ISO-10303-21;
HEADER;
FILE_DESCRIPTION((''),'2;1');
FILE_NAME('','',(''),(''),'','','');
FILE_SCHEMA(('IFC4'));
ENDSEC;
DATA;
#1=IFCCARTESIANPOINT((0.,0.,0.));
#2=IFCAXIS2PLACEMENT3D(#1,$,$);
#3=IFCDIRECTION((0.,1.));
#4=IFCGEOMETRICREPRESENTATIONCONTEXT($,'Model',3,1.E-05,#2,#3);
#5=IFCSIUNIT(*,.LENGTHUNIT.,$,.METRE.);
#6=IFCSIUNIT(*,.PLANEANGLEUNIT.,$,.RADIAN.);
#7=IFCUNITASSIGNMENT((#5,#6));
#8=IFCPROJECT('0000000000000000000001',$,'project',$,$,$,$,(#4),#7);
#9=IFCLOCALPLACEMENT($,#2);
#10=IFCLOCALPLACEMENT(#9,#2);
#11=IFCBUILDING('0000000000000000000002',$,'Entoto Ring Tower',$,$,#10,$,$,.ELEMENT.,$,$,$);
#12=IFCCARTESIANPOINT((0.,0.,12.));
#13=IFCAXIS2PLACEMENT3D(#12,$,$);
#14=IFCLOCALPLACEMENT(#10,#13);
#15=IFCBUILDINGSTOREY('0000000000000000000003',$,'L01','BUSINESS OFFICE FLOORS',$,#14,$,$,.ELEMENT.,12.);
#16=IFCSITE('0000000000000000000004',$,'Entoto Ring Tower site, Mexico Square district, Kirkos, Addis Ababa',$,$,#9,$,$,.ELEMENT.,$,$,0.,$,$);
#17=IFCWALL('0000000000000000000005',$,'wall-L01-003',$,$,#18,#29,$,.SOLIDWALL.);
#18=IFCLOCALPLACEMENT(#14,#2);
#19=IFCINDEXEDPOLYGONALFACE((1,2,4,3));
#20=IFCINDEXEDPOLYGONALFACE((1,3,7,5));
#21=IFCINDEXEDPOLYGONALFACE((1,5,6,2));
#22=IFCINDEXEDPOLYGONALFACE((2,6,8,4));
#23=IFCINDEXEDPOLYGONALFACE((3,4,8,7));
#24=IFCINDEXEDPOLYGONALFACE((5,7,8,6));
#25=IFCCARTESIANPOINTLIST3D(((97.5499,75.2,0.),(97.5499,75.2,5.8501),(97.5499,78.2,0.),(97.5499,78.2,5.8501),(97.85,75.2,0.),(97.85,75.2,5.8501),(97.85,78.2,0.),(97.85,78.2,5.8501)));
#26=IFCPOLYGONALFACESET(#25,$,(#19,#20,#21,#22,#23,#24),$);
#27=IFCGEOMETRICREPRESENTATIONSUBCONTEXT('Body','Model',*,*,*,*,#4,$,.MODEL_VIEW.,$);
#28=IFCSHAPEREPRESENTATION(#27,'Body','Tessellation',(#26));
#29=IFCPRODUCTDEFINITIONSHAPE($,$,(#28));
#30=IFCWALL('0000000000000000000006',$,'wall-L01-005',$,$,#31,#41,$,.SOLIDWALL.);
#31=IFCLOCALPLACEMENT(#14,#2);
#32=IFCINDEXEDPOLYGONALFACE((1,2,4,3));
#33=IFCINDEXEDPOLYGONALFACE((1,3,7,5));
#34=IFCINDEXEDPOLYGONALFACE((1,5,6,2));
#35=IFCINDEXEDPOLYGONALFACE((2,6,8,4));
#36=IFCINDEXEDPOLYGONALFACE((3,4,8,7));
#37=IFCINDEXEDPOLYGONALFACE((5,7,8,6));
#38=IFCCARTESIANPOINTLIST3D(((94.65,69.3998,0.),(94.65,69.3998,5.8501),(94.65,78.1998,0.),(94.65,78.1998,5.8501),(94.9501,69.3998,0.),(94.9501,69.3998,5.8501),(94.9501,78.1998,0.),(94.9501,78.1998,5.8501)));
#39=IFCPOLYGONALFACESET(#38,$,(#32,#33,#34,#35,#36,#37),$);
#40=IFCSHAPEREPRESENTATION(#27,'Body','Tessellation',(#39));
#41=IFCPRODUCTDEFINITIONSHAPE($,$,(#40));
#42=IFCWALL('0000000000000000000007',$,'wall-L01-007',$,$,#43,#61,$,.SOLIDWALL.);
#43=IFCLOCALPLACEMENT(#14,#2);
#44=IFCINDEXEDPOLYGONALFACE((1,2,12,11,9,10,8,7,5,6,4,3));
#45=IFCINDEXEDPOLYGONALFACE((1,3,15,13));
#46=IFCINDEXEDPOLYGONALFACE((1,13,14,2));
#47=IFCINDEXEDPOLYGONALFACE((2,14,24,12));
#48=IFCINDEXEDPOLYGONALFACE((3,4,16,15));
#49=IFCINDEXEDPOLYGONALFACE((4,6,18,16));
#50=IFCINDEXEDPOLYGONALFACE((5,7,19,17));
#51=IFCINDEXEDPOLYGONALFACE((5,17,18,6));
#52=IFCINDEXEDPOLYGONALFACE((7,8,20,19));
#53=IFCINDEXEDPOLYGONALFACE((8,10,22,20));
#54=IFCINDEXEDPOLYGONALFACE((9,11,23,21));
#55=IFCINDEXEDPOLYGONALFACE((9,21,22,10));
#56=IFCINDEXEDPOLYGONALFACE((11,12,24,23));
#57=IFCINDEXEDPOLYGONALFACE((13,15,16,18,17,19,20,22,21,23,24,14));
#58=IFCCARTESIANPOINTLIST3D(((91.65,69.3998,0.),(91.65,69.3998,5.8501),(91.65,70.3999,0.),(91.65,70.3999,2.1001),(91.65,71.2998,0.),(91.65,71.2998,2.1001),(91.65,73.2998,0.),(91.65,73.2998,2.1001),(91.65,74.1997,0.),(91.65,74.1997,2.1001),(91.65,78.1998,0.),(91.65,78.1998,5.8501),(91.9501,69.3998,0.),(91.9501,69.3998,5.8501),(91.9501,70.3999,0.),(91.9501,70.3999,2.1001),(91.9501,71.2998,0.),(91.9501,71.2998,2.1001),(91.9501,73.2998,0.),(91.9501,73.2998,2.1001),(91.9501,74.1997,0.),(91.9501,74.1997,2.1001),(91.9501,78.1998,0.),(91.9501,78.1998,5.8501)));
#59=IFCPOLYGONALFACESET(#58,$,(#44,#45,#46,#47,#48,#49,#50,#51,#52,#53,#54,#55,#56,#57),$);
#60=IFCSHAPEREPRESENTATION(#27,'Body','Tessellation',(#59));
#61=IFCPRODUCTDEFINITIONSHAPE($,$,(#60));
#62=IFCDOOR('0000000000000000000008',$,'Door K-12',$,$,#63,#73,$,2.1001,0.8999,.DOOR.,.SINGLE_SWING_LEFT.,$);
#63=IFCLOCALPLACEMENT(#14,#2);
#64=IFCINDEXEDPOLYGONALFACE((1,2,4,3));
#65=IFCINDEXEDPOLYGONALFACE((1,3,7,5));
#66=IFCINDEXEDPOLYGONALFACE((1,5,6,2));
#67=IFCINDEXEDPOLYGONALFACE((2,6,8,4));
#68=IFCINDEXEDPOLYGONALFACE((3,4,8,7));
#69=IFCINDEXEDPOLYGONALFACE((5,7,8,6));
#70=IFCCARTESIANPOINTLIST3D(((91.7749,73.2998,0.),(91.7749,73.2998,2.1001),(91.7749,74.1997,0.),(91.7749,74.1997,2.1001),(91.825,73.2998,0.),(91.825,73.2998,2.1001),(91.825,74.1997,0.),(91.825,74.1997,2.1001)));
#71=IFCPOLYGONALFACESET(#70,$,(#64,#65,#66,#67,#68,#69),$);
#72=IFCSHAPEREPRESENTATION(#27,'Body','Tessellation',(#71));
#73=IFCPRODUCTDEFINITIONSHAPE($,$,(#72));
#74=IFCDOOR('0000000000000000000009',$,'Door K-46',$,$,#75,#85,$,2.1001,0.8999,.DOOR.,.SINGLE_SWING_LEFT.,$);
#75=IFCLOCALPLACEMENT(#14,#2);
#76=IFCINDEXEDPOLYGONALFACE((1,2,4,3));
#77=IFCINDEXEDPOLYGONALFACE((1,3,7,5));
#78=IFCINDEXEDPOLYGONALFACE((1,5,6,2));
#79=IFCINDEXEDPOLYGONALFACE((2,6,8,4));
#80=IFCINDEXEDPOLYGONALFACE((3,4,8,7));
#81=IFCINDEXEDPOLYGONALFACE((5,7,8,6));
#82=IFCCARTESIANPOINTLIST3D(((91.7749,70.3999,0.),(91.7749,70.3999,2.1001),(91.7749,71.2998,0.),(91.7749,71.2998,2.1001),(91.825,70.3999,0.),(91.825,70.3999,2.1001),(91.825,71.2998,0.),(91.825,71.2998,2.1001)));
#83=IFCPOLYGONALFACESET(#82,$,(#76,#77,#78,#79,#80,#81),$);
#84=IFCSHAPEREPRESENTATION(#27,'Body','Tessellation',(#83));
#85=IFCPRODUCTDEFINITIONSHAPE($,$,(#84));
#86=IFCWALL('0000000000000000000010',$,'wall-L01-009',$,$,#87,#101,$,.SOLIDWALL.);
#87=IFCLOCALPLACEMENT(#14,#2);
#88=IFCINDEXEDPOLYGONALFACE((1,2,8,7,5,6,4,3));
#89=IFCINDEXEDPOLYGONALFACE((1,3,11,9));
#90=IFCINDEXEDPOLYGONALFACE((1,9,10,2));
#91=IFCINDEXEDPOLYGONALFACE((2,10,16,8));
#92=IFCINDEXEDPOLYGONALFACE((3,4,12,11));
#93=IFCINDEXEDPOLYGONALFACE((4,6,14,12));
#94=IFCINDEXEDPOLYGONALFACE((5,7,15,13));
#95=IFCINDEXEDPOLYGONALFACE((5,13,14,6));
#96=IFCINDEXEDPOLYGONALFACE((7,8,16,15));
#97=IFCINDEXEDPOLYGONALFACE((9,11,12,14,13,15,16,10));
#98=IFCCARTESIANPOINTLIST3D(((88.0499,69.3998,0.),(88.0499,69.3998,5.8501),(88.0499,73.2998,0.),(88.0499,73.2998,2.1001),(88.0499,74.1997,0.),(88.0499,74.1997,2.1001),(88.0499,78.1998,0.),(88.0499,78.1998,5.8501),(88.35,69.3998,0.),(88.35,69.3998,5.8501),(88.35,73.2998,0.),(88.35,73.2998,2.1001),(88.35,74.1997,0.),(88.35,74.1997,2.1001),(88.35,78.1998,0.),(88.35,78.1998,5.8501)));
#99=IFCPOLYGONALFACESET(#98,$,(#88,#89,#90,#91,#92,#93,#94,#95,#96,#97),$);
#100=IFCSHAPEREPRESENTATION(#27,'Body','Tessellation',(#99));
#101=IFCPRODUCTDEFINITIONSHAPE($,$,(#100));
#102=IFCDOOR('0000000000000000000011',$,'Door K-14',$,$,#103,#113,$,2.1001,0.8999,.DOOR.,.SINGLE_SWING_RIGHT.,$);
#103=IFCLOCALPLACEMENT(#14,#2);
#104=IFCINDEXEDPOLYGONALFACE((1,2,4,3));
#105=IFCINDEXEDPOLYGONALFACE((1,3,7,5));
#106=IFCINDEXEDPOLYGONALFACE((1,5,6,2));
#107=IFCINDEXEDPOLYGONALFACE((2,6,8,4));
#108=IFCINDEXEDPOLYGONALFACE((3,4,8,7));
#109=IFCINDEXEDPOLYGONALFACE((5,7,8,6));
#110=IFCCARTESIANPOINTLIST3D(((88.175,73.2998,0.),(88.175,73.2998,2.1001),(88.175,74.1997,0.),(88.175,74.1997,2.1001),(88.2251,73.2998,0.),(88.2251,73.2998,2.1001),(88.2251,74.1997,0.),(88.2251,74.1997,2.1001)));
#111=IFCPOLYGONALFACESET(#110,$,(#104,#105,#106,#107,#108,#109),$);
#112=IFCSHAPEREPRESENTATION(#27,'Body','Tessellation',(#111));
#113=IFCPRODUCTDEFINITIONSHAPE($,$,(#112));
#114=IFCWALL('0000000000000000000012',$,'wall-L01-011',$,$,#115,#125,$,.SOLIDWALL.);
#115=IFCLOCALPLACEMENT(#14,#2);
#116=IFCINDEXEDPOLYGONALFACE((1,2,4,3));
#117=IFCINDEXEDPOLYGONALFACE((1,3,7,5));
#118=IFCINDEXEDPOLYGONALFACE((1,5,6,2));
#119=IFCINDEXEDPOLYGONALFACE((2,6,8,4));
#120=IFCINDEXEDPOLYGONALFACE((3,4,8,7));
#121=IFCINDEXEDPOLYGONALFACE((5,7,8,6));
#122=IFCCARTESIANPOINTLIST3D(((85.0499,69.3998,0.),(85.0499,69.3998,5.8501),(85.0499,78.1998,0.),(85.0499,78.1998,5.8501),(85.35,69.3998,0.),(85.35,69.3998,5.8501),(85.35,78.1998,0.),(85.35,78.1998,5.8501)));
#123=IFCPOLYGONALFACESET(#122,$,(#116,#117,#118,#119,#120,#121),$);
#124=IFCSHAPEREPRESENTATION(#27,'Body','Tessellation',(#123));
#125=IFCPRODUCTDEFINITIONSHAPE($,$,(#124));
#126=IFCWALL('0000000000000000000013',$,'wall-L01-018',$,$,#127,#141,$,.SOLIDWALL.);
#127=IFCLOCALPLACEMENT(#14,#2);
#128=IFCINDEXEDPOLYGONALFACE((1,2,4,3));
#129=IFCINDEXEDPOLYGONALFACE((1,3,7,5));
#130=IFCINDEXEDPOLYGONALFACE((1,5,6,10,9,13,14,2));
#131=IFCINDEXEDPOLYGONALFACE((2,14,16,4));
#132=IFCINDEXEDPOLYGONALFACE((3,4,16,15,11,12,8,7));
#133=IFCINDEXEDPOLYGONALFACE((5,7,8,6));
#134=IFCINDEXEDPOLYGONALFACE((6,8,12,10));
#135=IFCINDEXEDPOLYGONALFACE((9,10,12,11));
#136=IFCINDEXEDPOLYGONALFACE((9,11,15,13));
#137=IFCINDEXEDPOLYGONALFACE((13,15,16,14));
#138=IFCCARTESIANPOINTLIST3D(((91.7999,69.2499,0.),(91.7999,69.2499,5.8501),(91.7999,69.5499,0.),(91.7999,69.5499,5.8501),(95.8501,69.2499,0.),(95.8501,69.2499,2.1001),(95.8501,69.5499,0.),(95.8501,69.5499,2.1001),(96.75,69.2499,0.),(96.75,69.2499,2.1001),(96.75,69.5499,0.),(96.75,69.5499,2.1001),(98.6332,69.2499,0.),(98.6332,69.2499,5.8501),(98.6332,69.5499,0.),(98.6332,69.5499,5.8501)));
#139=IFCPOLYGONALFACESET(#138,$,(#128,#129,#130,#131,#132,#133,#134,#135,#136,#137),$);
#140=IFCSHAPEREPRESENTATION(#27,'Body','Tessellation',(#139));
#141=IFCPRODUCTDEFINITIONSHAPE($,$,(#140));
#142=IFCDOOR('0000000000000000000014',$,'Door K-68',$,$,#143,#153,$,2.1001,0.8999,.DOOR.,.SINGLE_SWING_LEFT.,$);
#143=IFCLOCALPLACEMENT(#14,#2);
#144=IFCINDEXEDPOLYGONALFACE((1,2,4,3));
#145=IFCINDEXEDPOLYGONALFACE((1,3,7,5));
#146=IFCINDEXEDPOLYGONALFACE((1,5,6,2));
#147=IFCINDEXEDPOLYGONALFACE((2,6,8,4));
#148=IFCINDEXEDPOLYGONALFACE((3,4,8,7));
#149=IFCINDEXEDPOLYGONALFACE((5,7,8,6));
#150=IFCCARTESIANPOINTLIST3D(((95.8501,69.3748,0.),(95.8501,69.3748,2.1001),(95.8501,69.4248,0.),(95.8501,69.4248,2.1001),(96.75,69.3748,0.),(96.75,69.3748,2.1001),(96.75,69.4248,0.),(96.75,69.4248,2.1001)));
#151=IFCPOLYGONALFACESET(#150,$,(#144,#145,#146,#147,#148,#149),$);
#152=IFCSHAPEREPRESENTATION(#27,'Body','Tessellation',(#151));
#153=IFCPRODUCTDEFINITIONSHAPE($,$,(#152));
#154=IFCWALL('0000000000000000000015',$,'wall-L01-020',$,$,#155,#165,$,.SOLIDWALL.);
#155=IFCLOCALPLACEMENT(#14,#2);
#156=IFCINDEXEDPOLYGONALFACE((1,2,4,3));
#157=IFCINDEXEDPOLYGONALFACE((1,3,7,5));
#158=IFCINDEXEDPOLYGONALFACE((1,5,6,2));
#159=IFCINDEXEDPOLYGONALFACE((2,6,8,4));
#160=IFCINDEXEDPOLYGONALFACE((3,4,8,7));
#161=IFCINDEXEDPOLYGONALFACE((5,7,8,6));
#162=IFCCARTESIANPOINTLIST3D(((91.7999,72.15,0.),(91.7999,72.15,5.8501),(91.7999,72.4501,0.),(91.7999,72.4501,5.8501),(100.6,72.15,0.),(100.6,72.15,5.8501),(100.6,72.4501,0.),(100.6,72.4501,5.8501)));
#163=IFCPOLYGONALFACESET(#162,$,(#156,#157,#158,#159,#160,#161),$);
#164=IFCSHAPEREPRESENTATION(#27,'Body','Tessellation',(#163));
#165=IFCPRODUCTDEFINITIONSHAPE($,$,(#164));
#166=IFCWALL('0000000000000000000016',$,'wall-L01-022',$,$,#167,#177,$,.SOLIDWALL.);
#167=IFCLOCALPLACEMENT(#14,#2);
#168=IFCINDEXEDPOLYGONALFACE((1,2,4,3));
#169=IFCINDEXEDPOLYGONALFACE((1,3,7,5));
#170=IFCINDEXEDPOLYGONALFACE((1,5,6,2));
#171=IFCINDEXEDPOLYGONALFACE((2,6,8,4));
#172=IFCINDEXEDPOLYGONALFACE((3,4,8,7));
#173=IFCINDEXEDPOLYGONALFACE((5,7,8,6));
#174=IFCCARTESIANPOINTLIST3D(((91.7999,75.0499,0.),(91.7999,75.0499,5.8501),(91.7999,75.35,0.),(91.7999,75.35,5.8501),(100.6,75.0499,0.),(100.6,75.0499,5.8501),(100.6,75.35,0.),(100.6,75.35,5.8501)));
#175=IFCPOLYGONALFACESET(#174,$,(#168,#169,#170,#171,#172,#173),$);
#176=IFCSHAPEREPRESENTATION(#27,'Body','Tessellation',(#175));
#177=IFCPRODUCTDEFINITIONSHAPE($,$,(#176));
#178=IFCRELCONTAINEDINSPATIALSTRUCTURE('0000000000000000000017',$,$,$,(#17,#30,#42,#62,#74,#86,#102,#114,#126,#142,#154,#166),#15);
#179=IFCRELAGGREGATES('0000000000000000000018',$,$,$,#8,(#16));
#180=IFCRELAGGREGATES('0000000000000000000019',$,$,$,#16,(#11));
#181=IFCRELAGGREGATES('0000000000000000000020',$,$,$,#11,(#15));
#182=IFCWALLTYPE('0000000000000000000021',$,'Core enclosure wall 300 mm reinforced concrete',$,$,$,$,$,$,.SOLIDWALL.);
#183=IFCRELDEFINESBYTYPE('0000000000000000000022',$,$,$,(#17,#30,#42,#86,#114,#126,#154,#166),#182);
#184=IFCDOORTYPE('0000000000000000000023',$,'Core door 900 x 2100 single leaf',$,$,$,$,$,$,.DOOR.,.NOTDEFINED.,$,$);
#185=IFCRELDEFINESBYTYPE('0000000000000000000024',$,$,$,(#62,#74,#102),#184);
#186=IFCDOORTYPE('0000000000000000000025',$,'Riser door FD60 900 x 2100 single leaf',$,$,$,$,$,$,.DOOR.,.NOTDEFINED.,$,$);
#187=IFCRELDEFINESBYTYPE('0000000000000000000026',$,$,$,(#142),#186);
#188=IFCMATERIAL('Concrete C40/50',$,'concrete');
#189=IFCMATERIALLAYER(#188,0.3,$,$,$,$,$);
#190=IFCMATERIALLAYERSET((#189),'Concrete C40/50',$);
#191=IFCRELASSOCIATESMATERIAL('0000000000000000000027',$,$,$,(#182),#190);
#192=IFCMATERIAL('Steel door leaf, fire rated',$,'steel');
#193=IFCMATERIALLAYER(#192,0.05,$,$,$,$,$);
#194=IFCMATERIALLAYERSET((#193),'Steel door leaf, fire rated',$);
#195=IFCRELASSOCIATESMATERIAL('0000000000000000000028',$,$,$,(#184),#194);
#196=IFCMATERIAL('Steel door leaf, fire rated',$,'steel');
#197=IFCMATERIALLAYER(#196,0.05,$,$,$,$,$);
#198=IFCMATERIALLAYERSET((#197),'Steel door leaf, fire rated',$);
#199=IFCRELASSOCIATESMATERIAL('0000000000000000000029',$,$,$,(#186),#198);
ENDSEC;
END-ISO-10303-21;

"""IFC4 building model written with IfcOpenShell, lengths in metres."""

from ifc_helpers import new_model, si_unit, direction, frame, frame_2d, origin, place, context, subcontext, project, spatial, rectangle, extrude, material, layer, layer_set, type_object, element, fill, save


model = new_model("IFC4")

# Units and contexts
model_context = context("Model", 3, precision=1e-05, world=origin(), true_north=direction((0.0, 1.0)))
body_context = subcontext(model_context, "Body", "Model", "MODEL_VIEW")
ifc_project = project(units=[si_unit("LENGTHUNIT", "METRE"), si_unit("PLANEANGLEUNIT", "RADIAN")], contexts=[model_context])

# Site, building, storey
site_placement = place(None, origin())
site = spatial("IfcSite", under=ifc_project, at=site_placement, Name="Entoto Ring Tower site, Mexico Square district, Kirkos, Addis Ababa", CompositionType="ELEMENT", RefElevation=0.0)
building_placement = place(site_placement, origin())
building = spatial("IfcBuilding", under=site, at=building_placement, Name="Entoto Ring Tower", CompositionType="ELEMENT")
storey_placement = place(building_placement, frame((0.0, 0.0, 12.0)))
storey = spatial("IfcBuildingStorey", under=building, at=storey_placement, Name="L01", Description="BUSINESS OFFICE FLOORS", CompositionType="ELEMENT", Elevation=12.0)

# Shared definitions
ifc_material_1 = material(Name="Concrete C40/50", Category="concrete")
ifc_layer_1 = layer(ifc_material_1, 0.3)
ifc_layer_set_1 = layer_set([ifc_layer_1], Name="Concrete C40/50")
wall_type_1 = type_object("IfcWallType", Name="Core enclosure wall 300 mm reinforced concrete", PredefinedType="SOLIDWALL", material=ifc_layer_set_1)

# Walls
wall_1_placement = place(storey_placement, frame((97.7, 75.2, 0.0), z_axis=(0.0, 0.0, 1.0), x_axis=(0.0, 1.0, 0.0)))
element("IfcWall", 1, at=wall_1_placement, inside=storey, type_object=wall_type_1, Name="wall-L01-003", PredefinedType="SOLIDWALL", context=body_context, shape_type="SweptSolid", body=[
    extrude(rectangle(XDim=3.0, YDim=0.3, at=frame_2d((1.5, 0.0))), origin(), (0.0, 0.0, 1.0), 5.8501),
])
wall_2_placement = place(storey_placement, frame((94.8, 69.3999, 0.0), z_axis=(0.0, 0.0, 1.0), x_axis=(0.0, 1.0, 0.0)))
element("IfcWall", 2, at=wall_2_placement, inside=storey, type_object=wall_type_1, Name="wall-L01-005", PredefinedType="SOLIDWALL", context=body_context, shape_type="SweptSolid", body=[
    extrude(rectangle(XDim=8.8, YDim=0.3, at=frame_2d((4.3999, 0.0))), origin(), (0.0, 0.0, 1.0), 5.8501),
])

# Wall, openings, doors
wall_3_placement = place(storey_placement, frame((91.8, 69.3999, 0.0), z_axis=(0.0, 0.0, 1.0), x_axis=(0.0, 1.0, 0.0)))
wall_3 = element("IfcWall", 3, at=wall_3_placement, inside=storey, type_object=wall_type_1, Name="wall-L01-007", PredefinedType="SOLIDWALL", context=body_context, shape_type="SweptSolid", body=[
    extrude(rectangle(XDim=8.8, YDim=0.3, at=frame_2d((4.3999, 0.0))), origin(), (0.0, 0.0, 1.0), 5.8501),
])
opening_1_placement = place(wall_3_placement, frame((3.8999, 0.0, 0.0)))
opening_1 = element("IfcOpeningElement", 4, at=opening_1_placement, cuts=wall_3, PredefinedType="OPENING", context=body_context, shape_type="SweptSolid", body=[
    extrude(rectangle(XDim=0.8999, YDim=2.1001, at=frame_2d((0.45, 1.05))), frame((0.0, 0.1602, 0.0), z_axis=(0.0, -1.0, 0.0), x_axis=(1.0, 0.0, 0.0)), (0.0, 0.0, 1.0), 0.3201),
])
opening_2_placement = place(wall_3_placement, frame((1.0, 0.0, 0.0)))
opening_2 = element("IfcOpeningElement", 5, at=opening_2_placement, cuts=wall_3, PredefinedType="OPENING", context=body_context, shape_type="SweptSolid", body=[
    extrude(rectangle(XDim=0.8999, YDim=2.1001, at=frame_2d((0.45, 1.05))), frame((0.0, 0.1602, 0.0), z_axis=(0.0, -1.0, 0.0), x_axis=(1.0, 0.0, 0.0)), (0.0, 0.0, 1.0), 0.3201),
])
ifc_material_2 = material(Name="Steel door leaf, fire rated", Category="steel")
ifc_layer_2 = layer(ifc_material_2, 0.05)
ifc_layer_set_2 = layer_set([ifc_layer_2], Name="Steel door leaf, fire rated")
door_type_1 = type_object("IfcDoorType", Name="Core door 900 x 2100 single leaf", OperationType="NOTDEFINED", PredefinedType="DOOR", material=ifc_layer_set_2)
door_1_placement = place(opening_1_placement, frame((0.8999, 0.0, 0.0), z_axis=(0.0, 0.0, 1.0), x_axis=(-1.0, 0.0, 0.0)))
door_1 = element("IfcDoor", 6, at=door_1_placement, inside=storey, type_object=door_type_1, Name="Door K-12", OperationType="SINGLE_SWING_LEFT", OverallHeight=2.1001, OverallWidth=0.8999, PredefinedType="DOOR", context=body_context, shape_type="SweptSolid", body=[
    extrude(rectangle(XDim=0.8999, YDim=2.1001, at=frame_2d((0.45, 1.05))), frame((0.0, 0.0249, 0.0), z_axis=(0.0, -1.0, 0.0), x_axis=(1.0, 0.0, 0.0)), (0.0, 0.0, 1.0), 0.05),
])
fill(opening_1, door_1)
door_2_placement = place(opening_2_placement, frame((0.8999, 0.0, 0.0), z_axis=(0.0, 0.0, 1.0), x_axis=(-1.0, 0.0, 0.0)))
door_2 = element("IfcDoor", 7, at=door_2_placement, inside=storey, type_object=door_type_1, Name="Door K-46", OperationType="SINGLE_SWING_LEFT", OverallHeight=2.1001, OverallWidth=0.8999, PredefinedType="DOOR", context=body_context, shape_type="SweptSolid", body=[
    extrude(rectangle(XDim=0.8999, YDim=2.1001, at=frame_2d((0.45, 1.05))), frame((0.0, 0.0249, 0.0), z_axis=(0.0, -1.0, 0.0), x_axis=(1.0, 0.0, 0.0)), (0.0, 0.0, 1.0), 0.05),
])
fill(opening_2, door_2)

# Wall, opening, door
wall_4_placement = place(storey_placement, frame((88.2, 69.3999, 0.0), z_axis=(0.0, 0.0, 1.0), x_axis=(0.0, 1.0, 0.0)))
wall_4 = element("IfcWall", 8, at=wall_4_placement, inside=storey, type_object=wall_type_1, Name="wall-L01-009", PredefinedType="SOLIDWALL", context=body_context, shape_type="SweptSolid", body=[
    extrude(rectangle(XDim=8.8, YDim=0.3, at=frame_2d((4.3999, 0.0))), origin(), (0.0, 0.0, 1.0), 5.8501),
])
opening_3_placement = place(wall_4_placement, frame((3.8999, 0.0, 0.0)))
opening_3 = element("IfcOpeningElement", 9, at=opening_3_placement, cuts=wall_4, PredefinedType="OPENING", context=body_context, shape_type="SweptSolid", body=[
    extrude(rectangle(XDim=0.8999, YDim=2.1001, at=frame_2d((0.45, 1.05))), frame((0.0, 0.1602, 0.0), z_axis=(0.0, -1.0, 0.0), x_axis=(1.0, 0.0, 0.0)), (0.0, 0.0, 1.0), 0.3201),
])
door_3_placement = place(opening_3_placement, origin())
door_3 = element("IfcDoor", 10, at=door_3_placement, inside=storey, type_object=door_type_1, Name="Door K-14", OperationType="SINGLE_SWING_RIGHT", OverallHeight=2.1001, OverallWidth=0.8999, PredefinedType="DOOR", context=body_context, shape_type="SweptSolid", body=[
    extrude(rectangle(XDim=0.8999, YDim=2.1001, at=frame_2d((0.45, 1.05))), frame((0.0, 0.0249, 0.0), z_axis=(0.0, -1.0, 0.0), x_axis=(1.0, 0.0, 0.0)), (0.0, 0.0, 1.0), 0.05),
])
fill(opening_3, door_3)

# Wall
wall_5_placement = place(storey_placement, frame((85.2, 69.3999, 0.0), z_axis=(0.0, 0.0, 1.0), x_axis=(0.0, 1.0, 0.0)))
element("IfcWall", 11, at=wall_5_placement, inside=storey, type_object=wall_type_1, Name="wall-L01-011", PredefinedType="SOLIDWALL", context=body_context, shape_type="SweptSolid", body=[
    extrude(rectangle(XDim=8.8, YDim=0.3, at=frame_2d((4.3999, 0.0))), origin(), (0.0, 0.0, 1.0), 5.8501),
])

# Wall, opening, door
wall_6_placement = place(storey_placement, frame((91.8, 69.3999, 0.0), z_axis=(0.0, 0.0, 1.0), x_axis=(1.0, 0.0, 0.0)))
wall_6 = element("IfcWall", 12, at=wall_6_placement, inside=storey, type_object=wall_type_1, Name="wall-L01-018", PredefinedType="SOLIDWALL", context=body_context, shape_type="SweptSolid", body=[
    extrude(rectangle(XDim=6.8333, YDim=0.3, at=frame_2d((3.4165, 0.0))), origin(), (0.0, 0.0, 1.0), 5.8501),
])
opening_4_placement = place(wall_6_placement, frame((4.05, 0.0, 0.0)))
opening_4 = element("IfcOpeningElement", 13, at=opening_4_placement, cuts=wall_6, PredefinedType="OPENING", context=body_context, shape_type="SweptSolid", body=[
    extrude(rectangle(XDim=0.8999, YDim=2.1001, at=frame_2d((0.45, 1.05))), frame((0.0, 0.1602, 0.0), z_axis=(0.0, -1.0, 0.0), x_axis=(1.0, 0.0, 0.0)), (0.0, 0.0, 1.0), 0.3201),
])
ifc_material_3 = material(Name="Steel door leaf, fire rated", Category="steel")
ifc_layer_3 = layer(ifc_material_3, 0.05)
ifc_layer_set_3 = layer_set([ifc_layer_3], Name="Steel door leaf, fire rated")
door_type_2 = type_object("IfcDoorType", Name="Riser door FD60 900 x 2100 single leaf", OperationType="NOTDEFINED", PredefinedType="DOOR", material=ifc_layer_set_3)
door_4_placement = place(opening_4_placement, origin())
door_4 = element("IfcDoor", 14, at=door_4_placement, inside=storey, type_object=door_type_2, Name="Door K-68", OperationType="SINGLE_SWING_LEFT", OverallHeight=2.1001, OverallWidth=0.8999, PredefinedType="DOOR", context=body_context, shape_type="SweptSolid", body=[
    extrude(rectangle(XDim=0.8999, YDim=2.1001, at=frame_2d((0.45, 1.05))), frame((0.0, 0.0249, 0.0), z_axis=(0.0, -1.0, 0.0), x_axis=(1.0, 0.0, 0.0)), (0.0, 0.0, 1.0), 0.05),
])
fill(opening_4, door_4)

# Walls
for number, where, z_axis, x_axis, name in (
    (15, (91.8, 72.3, 0.0), (0.0, 0.0, 1.0), (1.0, 0.0, 0.0), "wall-L01-020"),
    (16, (91.8, 75.2, 0.0), (0.0, 0.0, 1.0), (1.0, 0.0, 0.0), "wall-L01-022"),
):
    element("IfcWall", number, at=place(storey_placement, frame(where, z_axis=z_axis, x_axis=x_axis)), inside=storey, type_object=wall_type_1, Name=name, PredefinedType="SOLIDWALL", context=body_context, shape_type="SweptSolid", body=[
        extrude(rectangle(XDim=8.8, YDim=0.3, at=frame_2d((4.3999, 0.0))), origin(), (0.0, 0.0, 1.0), 5.8501),
    ])

save(model, "model.ifc")
